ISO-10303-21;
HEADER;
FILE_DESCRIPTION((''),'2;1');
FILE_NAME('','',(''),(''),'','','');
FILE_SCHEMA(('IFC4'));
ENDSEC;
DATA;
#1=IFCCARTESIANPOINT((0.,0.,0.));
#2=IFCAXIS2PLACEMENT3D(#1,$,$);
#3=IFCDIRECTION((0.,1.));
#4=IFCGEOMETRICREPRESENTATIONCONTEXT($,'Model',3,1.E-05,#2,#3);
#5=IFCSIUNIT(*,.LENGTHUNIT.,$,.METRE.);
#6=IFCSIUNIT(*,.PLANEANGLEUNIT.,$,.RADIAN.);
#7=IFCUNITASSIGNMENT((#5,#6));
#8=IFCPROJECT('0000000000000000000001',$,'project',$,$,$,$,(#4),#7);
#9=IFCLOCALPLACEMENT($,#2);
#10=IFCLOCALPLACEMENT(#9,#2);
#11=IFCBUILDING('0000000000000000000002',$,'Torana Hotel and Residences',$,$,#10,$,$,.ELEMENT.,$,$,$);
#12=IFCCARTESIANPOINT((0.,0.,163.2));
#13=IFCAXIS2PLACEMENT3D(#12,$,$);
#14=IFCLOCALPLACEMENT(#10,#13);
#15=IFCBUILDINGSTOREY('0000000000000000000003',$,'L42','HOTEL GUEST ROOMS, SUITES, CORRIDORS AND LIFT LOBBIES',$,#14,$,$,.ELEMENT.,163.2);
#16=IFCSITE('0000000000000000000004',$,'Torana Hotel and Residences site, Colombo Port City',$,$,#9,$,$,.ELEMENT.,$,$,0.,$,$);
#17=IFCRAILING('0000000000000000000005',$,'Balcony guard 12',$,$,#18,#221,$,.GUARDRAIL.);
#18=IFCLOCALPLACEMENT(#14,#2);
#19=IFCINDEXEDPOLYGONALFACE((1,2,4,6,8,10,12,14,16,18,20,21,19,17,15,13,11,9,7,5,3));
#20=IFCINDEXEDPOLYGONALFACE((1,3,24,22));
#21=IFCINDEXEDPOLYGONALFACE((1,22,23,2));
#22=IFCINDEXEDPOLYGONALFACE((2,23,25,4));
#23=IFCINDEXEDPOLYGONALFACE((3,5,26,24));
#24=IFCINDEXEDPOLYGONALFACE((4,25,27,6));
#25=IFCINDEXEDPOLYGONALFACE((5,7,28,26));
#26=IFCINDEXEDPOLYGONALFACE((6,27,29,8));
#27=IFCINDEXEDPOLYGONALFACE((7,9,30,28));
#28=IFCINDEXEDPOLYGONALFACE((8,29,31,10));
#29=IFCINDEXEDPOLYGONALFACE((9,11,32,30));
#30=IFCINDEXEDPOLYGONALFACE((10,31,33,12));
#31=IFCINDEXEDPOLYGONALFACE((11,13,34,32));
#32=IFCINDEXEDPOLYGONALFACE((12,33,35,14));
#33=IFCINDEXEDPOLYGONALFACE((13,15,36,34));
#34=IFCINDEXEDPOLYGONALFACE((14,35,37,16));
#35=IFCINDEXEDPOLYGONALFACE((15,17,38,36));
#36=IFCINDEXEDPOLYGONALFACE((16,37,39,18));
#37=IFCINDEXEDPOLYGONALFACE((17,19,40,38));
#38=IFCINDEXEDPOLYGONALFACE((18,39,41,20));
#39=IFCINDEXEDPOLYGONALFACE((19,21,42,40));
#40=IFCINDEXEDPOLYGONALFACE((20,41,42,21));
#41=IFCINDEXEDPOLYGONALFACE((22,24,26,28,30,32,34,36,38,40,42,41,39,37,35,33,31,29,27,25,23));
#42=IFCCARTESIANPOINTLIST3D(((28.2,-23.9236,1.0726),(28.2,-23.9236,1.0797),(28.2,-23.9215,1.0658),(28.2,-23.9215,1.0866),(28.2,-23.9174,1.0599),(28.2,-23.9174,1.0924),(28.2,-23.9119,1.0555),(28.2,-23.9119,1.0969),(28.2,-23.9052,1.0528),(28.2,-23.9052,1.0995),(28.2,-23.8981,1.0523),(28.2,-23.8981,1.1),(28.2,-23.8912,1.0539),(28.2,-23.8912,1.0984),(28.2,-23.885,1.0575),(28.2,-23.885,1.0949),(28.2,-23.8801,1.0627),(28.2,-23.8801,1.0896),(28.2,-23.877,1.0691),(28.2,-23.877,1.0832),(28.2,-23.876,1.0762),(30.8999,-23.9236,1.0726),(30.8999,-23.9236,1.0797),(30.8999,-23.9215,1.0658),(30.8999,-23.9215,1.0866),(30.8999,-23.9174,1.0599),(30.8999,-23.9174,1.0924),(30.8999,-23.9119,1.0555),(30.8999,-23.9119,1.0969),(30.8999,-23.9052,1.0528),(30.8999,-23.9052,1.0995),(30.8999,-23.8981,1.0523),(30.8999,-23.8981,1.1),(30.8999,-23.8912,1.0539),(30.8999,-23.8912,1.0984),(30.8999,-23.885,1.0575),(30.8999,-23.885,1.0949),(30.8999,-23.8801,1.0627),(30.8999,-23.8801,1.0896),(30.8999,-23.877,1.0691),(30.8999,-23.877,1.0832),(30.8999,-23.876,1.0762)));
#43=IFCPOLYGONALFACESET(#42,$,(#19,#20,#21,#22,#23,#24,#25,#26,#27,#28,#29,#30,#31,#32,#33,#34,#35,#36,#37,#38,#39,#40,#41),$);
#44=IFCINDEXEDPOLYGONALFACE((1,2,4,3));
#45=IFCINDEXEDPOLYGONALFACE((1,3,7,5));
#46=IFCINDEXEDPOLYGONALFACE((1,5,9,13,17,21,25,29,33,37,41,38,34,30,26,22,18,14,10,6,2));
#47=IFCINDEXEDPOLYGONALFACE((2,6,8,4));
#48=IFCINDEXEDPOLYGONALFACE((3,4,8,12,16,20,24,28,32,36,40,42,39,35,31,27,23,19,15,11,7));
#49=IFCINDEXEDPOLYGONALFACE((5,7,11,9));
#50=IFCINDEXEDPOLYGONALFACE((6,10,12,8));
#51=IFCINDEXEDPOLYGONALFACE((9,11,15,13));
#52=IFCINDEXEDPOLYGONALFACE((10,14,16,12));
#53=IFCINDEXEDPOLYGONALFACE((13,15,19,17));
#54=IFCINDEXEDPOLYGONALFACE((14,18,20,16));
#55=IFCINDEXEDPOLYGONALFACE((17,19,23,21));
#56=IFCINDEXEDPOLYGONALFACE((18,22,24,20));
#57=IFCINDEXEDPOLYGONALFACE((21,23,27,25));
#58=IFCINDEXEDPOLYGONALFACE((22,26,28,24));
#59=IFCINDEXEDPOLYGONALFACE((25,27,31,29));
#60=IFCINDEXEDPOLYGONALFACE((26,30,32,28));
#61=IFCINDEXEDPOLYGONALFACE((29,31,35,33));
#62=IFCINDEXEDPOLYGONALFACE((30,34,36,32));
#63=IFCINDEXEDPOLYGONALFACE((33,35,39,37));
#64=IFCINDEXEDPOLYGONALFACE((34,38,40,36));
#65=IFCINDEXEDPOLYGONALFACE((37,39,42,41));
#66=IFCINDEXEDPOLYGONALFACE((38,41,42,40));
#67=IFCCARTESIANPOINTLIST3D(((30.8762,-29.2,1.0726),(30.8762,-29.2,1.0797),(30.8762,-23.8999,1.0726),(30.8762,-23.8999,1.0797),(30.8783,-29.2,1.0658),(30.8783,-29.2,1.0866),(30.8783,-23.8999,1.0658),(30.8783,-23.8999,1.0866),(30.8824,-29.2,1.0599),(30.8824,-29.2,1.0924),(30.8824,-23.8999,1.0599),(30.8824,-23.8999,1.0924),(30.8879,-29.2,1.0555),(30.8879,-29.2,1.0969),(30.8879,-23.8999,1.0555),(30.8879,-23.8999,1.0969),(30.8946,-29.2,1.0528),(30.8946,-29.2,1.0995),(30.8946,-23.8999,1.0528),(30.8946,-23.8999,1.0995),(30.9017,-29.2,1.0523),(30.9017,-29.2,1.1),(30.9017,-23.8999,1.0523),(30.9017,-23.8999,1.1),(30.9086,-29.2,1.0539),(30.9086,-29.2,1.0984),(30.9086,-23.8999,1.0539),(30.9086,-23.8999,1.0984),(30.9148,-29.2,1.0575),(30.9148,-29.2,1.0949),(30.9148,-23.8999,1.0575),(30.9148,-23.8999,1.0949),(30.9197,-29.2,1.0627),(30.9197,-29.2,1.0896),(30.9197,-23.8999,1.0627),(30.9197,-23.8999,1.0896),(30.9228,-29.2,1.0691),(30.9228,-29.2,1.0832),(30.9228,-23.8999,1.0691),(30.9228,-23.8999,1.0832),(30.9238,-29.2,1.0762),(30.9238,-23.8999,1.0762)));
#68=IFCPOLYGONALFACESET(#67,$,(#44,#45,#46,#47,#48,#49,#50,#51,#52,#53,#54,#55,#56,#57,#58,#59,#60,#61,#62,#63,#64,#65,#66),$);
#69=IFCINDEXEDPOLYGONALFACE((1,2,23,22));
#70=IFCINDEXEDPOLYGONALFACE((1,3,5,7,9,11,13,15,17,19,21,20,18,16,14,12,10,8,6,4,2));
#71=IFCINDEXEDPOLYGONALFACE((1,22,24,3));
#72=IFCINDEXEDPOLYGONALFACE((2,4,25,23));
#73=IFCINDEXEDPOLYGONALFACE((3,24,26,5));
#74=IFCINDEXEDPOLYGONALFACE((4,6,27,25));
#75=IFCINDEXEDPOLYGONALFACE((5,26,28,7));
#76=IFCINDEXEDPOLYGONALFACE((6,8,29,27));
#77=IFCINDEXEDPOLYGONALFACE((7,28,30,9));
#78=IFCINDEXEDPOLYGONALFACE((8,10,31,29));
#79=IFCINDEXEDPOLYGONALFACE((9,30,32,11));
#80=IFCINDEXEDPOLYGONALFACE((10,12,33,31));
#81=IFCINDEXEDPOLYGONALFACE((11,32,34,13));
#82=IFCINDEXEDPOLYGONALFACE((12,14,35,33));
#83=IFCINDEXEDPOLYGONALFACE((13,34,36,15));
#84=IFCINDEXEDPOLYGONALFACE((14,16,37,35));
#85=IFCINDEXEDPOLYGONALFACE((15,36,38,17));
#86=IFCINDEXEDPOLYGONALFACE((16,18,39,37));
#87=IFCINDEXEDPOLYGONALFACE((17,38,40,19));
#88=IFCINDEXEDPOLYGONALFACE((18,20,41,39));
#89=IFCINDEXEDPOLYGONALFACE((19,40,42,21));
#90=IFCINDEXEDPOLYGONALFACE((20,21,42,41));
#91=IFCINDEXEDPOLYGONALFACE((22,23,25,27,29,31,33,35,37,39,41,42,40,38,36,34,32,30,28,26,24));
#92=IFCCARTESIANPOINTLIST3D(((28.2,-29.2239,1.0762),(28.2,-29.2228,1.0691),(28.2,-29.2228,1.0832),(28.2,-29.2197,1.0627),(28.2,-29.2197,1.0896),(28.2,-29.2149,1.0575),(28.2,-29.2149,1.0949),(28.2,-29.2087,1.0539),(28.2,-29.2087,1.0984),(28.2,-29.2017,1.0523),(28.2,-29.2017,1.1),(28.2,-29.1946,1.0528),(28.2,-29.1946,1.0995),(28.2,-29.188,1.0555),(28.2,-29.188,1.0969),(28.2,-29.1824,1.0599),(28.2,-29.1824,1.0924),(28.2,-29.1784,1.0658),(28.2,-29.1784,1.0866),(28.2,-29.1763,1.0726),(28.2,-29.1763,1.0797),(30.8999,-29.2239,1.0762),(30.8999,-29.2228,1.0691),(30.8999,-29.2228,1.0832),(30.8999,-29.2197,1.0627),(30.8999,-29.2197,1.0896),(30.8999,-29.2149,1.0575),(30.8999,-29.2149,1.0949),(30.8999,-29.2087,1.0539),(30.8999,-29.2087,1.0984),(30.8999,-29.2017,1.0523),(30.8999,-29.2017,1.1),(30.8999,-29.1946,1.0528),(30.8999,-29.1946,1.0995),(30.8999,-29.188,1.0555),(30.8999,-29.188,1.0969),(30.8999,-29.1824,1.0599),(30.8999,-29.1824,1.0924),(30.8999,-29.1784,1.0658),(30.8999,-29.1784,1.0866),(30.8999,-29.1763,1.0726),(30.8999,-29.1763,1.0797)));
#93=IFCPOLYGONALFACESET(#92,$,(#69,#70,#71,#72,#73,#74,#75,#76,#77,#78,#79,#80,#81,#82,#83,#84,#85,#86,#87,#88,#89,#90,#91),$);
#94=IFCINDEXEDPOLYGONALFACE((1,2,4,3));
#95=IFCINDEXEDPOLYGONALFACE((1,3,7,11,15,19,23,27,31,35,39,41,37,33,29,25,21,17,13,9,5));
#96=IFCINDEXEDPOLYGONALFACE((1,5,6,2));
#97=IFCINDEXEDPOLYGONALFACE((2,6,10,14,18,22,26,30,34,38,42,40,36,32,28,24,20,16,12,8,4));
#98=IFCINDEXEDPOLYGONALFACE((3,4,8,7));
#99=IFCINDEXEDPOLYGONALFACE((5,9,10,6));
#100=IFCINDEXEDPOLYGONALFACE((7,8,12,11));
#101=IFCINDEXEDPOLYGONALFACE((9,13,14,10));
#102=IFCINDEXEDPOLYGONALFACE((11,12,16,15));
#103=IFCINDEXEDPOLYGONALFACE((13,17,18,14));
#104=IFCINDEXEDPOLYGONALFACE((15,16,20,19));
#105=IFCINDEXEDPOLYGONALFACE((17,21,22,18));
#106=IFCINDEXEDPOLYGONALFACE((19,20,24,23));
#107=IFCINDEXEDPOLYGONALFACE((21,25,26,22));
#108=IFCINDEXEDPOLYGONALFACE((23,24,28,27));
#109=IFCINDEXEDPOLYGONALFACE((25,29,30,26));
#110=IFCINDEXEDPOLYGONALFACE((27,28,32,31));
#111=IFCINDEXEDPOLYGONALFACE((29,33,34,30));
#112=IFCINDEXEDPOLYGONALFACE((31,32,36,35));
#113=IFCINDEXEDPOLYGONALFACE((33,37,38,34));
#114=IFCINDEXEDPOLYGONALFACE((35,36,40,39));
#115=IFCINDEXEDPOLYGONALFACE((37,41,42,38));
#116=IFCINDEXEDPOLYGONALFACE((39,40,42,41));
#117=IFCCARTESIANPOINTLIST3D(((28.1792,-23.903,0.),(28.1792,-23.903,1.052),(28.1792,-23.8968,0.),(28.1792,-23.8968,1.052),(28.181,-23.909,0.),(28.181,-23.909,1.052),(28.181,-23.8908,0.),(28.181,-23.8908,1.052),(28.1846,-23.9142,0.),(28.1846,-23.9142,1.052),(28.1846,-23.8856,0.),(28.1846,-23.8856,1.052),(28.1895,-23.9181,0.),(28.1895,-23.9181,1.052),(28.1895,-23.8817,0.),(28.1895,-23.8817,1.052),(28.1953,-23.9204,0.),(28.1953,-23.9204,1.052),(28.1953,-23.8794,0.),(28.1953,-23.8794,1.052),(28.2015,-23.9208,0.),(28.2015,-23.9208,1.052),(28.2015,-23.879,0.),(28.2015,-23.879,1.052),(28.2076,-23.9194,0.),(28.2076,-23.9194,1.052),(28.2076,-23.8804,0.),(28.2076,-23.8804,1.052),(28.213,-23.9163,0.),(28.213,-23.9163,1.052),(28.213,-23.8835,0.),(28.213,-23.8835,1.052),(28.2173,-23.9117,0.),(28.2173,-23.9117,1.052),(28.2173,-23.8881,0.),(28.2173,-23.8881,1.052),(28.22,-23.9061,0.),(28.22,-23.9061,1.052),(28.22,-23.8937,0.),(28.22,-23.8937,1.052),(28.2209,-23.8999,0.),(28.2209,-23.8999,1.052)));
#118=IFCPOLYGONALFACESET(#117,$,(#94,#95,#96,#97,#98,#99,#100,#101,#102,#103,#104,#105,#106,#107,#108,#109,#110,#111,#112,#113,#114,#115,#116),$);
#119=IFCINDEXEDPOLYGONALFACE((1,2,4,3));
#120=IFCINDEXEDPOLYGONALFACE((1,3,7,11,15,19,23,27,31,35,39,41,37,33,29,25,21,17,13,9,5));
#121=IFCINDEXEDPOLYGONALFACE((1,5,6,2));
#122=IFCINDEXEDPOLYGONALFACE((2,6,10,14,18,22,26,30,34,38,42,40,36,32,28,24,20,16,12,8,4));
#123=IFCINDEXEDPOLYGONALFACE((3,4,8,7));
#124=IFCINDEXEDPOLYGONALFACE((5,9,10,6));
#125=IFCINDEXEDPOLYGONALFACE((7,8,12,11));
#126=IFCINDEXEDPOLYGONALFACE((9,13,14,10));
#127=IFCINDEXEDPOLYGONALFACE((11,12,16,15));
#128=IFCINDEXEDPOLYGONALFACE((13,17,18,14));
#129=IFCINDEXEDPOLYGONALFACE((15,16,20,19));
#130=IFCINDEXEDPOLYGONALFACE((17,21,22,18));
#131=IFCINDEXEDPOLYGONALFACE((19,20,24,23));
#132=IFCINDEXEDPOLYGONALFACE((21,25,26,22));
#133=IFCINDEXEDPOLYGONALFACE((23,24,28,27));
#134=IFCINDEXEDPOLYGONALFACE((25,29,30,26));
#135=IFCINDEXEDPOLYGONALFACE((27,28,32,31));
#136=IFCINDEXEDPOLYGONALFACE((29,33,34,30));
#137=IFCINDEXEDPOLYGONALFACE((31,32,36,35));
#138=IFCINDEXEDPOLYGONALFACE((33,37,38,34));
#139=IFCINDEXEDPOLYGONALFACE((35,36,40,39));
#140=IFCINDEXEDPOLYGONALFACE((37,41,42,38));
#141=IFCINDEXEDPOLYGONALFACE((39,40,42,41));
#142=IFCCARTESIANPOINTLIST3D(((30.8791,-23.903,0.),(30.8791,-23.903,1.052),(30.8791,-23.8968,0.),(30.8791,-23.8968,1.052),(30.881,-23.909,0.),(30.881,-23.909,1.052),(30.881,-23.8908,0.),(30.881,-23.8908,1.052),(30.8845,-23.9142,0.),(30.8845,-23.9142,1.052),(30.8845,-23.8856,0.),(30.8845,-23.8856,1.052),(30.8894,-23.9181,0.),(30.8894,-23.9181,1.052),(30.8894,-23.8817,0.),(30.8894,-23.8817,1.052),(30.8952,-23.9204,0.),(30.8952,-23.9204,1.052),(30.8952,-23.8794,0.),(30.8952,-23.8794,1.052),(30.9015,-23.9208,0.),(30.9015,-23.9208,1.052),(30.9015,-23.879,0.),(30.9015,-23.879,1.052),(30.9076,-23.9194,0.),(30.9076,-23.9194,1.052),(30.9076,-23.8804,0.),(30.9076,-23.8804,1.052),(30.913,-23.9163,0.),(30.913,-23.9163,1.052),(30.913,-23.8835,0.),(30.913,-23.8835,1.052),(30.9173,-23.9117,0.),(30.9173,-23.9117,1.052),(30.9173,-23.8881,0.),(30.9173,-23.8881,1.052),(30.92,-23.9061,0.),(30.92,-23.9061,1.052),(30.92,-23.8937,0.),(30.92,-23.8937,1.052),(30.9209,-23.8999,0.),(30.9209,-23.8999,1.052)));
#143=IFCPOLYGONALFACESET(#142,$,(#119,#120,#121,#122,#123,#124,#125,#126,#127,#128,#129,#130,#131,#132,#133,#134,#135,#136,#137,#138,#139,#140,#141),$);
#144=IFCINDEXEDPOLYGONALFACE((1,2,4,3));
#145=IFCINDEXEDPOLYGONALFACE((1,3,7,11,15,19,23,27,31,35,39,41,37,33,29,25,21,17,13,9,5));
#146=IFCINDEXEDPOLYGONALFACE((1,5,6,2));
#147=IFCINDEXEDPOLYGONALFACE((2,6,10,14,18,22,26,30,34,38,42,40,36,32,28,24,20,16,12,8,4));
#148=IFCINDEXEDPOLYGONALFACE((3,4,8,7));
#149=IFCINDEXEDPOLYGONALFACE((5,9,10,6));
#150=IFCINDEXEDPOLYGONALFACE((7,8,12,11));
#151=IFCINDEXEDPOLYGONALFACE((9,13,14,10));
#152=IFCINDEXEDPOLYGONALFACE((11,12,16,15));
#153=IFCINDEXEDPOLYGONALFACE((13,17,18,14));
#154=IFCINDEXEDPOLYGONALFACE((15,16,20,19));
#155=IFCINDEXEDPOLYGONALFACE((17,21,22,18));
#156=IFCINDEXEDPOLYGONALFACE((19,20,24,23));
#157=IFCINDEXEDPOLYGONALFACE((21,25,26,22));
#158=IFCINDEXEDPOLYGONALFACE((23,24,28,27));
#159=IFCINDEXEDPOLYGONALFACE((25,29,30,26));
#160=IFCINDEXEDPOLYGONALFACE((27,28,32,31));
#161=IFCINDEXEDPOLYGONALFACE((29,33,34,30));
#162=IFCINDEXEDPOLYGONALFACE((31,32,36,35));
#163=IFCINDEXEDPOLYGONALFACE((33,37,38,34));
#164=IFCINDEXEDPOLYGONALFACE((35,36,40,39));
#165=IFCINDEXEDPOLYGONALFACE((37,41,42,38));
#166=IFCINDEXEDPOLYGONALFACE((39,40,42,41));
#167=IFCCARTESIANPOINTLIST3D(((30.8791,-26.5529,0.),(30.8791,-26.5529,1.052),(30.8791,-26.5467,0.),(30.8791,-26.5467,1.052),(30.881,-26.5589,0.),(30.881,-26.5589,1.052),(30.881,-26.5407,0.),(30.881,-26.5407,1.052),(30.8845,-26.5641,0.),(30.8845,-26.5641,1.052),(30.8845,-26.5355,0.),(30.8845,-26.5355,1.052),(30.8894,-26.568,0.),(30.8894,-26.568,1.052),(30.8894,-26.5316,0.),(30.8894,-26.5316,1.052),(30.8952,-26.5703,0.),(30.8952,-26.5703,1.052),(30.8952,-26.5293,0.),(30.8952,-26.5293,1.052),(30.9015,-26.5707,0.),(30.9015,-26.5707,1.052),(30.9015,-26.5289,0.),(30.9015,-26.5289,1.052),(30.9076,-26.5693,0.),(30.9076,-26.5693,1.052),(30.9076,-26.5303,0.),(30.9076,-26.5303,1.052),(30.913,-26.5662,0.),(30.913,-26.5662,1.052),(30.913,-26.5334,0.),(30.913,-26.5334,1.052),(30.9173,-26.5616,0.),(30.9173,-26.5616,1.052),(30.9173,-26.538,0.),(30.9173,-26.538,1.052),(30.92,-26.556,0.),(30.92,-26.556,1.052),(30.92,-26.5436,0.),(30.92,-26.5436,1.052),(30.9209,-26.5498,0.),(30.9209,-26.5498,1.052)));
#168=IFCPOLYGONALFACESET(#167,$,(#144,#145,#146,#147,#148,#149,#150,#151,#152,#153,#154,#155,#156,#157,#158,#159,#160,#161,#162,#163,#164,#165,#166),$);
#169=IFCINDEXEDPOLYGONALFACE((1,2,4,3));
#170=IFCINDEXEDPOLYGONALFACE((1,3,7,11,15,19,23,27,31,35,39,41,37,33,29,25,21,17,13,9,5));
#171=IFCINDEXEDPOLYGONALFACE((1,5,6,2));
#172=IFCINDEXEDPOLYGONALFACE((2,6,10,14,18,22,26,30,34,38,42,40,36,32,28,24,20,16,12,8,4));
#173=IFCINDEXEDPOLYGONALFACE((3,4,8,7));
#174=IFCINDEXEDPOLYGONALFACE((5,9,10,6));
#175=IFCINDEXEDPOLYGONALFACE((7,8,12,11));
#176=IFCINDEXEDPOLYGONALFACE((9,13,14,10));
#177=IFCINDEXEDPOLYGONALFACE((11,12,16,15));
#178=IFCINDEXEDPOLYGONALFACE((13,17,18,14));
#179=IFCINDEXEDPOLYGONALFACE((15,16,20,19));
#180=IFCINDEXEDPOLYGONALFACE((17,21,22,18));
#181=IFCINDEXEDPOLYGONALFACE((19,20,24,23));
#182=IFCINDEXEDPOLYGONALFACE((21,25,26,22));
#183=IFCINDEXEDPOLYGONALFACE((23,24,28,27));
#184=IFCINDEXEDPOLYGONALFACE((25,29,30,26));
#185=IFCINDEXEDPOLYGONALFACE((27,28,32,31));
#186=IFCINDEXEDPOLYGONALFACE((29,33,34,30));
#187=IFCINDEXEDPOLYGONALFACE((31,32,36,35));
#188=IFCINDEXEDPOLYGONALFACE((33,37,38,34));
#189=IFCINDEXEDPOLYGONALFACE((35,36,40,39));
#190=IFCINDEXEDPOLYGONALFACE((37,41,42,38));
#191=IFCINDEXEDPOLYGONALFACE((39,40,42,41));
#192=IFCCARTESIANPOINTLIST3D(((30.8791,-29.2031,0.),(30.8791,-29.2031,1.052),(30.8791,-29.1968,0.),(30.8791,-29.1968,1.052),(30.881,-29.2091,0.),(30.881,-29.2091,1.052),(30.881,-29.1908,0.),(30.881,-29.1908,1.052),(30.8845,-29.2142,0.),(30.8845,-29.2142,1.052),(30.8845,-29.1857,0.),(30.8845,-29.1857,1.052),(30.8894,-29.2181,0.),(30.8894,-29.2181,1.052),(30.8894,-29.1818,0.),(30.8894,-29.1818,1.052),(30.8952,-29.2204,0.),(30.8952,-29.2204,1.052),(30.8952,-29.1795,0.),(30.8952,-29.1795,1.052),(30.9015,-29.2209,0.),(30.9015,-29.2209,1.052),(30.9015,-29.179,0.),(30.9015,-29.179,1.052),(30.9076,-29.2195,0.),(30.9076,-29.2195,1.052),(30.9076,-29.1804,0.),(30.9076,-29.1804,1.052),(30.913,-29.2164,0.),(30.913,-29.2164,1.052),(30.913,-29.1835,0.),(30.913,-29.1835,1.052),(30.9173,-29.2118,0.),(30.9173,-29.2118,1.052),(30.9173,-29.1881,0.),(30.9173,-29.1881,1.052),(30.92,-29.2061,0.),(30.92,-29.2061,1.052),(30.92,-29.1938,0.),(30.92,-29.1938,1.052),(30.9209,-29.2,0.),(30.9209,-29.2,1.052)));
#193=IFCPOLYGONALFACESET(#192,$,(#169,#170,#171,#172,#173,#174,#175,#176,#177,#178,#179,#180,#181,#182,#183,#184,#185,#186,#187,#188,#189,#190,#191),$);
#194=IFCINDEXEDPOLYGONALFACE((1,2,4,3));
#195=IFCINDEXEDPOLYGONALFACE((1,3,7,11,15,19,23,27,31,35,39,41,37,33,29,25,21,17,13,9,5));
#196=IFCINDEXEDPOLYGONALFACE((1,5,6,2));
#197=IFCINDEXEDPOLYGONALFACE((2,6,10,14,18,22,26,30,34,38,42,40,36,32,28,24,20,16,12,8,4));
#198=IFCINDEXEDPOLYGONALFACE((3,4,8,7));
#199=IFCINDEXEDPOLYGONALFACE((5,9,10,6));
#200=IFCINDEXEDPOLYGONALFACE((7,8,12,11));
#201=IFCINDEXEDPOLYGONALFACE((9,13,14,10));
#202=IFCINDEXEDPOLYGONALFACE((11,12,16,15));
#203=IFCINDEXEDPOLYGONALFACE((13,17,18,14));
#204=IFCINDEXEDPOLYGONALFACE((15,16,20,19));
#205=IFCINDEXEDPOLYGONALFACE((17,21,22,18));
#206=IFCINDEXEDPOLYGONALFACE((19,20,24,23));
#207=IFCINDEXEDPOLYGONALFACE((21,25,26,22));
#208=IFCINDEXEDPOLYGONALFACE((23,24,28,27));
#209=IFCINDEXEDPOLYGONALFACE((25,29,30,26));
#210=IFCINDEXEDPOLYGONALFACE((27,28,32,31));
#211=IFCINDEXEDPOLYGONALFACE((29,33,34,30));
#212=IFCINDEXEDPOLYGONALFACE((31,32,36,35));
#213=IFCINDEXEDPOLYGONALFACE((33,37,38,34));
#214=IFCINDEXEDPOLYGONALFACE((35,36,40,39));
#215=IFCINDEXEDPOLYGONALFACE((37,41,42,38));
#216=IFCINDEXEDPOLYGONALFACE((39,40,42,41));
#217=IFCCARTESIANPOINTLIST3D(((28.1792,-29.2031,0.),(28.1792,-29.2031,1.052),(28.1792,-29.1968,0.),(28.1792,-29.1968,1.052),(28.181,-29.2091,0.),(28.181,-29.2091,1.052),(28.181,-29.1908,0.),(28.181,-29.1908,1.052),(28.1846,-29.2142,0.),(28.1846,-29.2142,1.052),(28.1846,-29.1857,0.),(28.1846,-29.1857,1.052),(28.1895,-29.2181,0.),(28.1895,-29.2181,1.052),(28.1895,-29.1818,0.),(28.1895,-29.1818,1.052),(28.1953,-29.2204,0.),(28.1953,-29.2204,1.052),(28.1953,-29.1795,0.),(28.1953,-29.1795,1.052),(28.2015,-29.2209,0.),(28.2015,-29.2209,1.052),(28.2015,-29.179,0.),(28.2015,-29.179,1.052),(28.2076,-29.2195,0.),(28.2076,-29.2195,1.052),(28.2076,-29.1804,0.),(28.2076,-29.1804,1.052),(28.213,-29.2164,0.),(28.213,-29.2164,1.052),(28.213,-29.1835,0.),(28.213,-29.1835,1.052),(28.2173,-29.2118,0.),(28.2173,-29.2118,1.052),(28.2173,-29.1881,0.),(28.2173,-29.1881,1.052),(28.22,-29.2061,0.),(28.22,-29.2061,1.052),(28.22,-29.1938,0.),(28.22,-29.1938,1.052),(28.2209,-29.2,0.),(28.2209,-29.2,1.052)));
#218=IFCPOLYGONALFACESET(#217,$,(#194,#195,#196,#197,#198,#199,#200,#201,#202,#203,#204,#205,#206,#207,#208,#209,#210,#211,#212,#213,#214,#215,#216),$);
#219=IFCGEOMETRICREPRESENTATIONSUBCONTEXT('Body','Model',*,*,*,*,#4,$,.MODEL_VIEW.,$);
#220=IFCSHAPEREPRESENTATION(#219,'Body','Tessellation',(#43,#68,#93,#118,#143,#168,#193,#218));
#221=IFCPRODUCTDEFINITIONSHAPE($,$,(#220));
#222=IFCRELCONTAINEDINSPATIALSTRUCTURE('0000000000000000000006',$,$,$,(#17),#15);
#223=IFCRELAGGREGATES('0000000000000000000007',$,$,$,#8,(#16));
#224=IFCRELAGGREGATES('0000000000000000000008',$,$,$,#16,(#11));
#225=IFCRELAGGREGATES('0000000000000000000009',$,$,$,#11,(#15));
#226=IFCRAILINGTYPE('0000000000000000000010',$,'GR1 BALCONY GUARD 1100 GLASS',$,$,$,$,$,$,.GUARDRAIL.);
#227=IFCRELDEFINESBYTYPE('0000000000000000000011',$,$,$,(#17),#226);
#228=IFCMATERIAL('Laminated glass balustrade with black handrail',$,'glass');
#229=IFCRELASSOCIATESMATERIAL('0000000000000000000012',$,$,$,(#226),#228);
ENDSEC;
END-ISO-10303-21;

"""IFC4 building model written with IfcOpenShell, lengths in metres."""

from ifc_helpers import new_model, si_unit, direction, frame, origin, origin_2d, place, context, subcontext, project, spatial, circle, extrude, material, type_object, element, save


model = new_model("IFC4")

# Units and contexts
model_context = context("Model", 3, precision=1e-05, world=origin(), true_north=direction((0.0, 1.0)))
body_context = subcontext(model_context, "Body", "Model", "MODEL_VIEW")
ifc_project = project(units=[si_unit("LENGTHUNIT", "METRE"), si_unit("PLANEANGLEUNIT", "RADIAN")], contexts=[model_context])

# Site, building, storey
site_placement = place(None, origin())
site = spatial("IfcSite", under=ifc_project, at=site_placement, Name="Torana Hotel and Residences site, Colombo Port City", CompositionType="ELEMENT", RefElevation=0.0)
building_placement = place(site_placement, origin())
building = spatial("IfcBuilding", under=site, at=building_placement, Name="Torana Hotel and Residences", CompositionType="ELEMENT")
storey_placement = place(building_placement, frame((0.0, 0.0, 163.2)))
storey = spatial("IfcBuildingStorey", under=building, at=storey_placement, Name="L42", Description="HOTEL GUEST ROOMS, SUITES, CORRIDORS AND LIFT LOBBIES", CompositionType="ELEMENT", Elevation=163.2)

# Railing
ifc_material_1 = material(Name="Laminated glass balustrade with black handrail", Category="glass")
railing_type = type_object("IfcRailingType", Name="GR1 BALCONY GUARD 1100 GLASS", PredefinedType="GUARDRAIL", material=ifc_material_1)
railing_1_placement = place(storey_placement, frame((28.2, -23.8999, 0.0)))
element("IfcRailing", 1, at=railing_1_placement, inside=storey, type_object=railing_type, Name="Balcony guard 12", PredefinedType="GUARDRAIL", context=body_context, shape_type="SweptSolid", body=[
    extrude(circle(Radius=0.0239, at=origin_2d()), frame((0.0, 0.0, 1.0762), z_axis=(1.0, 0.0, 0.0), x_axis=(0.0, 1.0, 0.0)), (0.0, 0.0, 1.0), 2.7),
    extrude(circle(Radius=0.0239, at=origin_2d()), frame((2.7, 0.0, 1.0762), z_axis=(0.0, -1.0, 0.0), x_axis=(1.0, 0.0, 0.0)), (0.0, 0.0, 1.0), 5.3),
    extrude(circle(Radius=0.0239, at=origin_2d()), frame((2.7, -5.3, 1.0762), z_axis=(-1.0, 0.0, 0.0), x_axis=(0.0, -1.0, 0.0)), (0.0, 0.0, 1.0), 2.7),
    extrude(circle(Radius=0.021, at=origin_2d()), origin(), (0.0, 0.0, 1.0), 1.052),
    extrude(circle(Radius=0.021, at=origin_2d()), frame((2.7, 0.0, 0.0)), (0.0, 0.0, 1.0), 1.052),
    extrude(circle(Radius=0.021, at=origin_2d()), frame((2.7, -2.6499, 0.0)), (0.0, 0.0, 1.0), 1.052),
    extrude(circle(Radius=0.021, at=origin_2d()), frame((2.7, -5.3, 0.0)), (0.0, 0.0, 1.0), 1.052),
    extrude(circle(Radius=0.021, at=origin_2d()), frame((0.0, -5.3, 0.0)), (0.0, 0.0, 1.0), 1.052),
])

save(model, "model.ifc")
